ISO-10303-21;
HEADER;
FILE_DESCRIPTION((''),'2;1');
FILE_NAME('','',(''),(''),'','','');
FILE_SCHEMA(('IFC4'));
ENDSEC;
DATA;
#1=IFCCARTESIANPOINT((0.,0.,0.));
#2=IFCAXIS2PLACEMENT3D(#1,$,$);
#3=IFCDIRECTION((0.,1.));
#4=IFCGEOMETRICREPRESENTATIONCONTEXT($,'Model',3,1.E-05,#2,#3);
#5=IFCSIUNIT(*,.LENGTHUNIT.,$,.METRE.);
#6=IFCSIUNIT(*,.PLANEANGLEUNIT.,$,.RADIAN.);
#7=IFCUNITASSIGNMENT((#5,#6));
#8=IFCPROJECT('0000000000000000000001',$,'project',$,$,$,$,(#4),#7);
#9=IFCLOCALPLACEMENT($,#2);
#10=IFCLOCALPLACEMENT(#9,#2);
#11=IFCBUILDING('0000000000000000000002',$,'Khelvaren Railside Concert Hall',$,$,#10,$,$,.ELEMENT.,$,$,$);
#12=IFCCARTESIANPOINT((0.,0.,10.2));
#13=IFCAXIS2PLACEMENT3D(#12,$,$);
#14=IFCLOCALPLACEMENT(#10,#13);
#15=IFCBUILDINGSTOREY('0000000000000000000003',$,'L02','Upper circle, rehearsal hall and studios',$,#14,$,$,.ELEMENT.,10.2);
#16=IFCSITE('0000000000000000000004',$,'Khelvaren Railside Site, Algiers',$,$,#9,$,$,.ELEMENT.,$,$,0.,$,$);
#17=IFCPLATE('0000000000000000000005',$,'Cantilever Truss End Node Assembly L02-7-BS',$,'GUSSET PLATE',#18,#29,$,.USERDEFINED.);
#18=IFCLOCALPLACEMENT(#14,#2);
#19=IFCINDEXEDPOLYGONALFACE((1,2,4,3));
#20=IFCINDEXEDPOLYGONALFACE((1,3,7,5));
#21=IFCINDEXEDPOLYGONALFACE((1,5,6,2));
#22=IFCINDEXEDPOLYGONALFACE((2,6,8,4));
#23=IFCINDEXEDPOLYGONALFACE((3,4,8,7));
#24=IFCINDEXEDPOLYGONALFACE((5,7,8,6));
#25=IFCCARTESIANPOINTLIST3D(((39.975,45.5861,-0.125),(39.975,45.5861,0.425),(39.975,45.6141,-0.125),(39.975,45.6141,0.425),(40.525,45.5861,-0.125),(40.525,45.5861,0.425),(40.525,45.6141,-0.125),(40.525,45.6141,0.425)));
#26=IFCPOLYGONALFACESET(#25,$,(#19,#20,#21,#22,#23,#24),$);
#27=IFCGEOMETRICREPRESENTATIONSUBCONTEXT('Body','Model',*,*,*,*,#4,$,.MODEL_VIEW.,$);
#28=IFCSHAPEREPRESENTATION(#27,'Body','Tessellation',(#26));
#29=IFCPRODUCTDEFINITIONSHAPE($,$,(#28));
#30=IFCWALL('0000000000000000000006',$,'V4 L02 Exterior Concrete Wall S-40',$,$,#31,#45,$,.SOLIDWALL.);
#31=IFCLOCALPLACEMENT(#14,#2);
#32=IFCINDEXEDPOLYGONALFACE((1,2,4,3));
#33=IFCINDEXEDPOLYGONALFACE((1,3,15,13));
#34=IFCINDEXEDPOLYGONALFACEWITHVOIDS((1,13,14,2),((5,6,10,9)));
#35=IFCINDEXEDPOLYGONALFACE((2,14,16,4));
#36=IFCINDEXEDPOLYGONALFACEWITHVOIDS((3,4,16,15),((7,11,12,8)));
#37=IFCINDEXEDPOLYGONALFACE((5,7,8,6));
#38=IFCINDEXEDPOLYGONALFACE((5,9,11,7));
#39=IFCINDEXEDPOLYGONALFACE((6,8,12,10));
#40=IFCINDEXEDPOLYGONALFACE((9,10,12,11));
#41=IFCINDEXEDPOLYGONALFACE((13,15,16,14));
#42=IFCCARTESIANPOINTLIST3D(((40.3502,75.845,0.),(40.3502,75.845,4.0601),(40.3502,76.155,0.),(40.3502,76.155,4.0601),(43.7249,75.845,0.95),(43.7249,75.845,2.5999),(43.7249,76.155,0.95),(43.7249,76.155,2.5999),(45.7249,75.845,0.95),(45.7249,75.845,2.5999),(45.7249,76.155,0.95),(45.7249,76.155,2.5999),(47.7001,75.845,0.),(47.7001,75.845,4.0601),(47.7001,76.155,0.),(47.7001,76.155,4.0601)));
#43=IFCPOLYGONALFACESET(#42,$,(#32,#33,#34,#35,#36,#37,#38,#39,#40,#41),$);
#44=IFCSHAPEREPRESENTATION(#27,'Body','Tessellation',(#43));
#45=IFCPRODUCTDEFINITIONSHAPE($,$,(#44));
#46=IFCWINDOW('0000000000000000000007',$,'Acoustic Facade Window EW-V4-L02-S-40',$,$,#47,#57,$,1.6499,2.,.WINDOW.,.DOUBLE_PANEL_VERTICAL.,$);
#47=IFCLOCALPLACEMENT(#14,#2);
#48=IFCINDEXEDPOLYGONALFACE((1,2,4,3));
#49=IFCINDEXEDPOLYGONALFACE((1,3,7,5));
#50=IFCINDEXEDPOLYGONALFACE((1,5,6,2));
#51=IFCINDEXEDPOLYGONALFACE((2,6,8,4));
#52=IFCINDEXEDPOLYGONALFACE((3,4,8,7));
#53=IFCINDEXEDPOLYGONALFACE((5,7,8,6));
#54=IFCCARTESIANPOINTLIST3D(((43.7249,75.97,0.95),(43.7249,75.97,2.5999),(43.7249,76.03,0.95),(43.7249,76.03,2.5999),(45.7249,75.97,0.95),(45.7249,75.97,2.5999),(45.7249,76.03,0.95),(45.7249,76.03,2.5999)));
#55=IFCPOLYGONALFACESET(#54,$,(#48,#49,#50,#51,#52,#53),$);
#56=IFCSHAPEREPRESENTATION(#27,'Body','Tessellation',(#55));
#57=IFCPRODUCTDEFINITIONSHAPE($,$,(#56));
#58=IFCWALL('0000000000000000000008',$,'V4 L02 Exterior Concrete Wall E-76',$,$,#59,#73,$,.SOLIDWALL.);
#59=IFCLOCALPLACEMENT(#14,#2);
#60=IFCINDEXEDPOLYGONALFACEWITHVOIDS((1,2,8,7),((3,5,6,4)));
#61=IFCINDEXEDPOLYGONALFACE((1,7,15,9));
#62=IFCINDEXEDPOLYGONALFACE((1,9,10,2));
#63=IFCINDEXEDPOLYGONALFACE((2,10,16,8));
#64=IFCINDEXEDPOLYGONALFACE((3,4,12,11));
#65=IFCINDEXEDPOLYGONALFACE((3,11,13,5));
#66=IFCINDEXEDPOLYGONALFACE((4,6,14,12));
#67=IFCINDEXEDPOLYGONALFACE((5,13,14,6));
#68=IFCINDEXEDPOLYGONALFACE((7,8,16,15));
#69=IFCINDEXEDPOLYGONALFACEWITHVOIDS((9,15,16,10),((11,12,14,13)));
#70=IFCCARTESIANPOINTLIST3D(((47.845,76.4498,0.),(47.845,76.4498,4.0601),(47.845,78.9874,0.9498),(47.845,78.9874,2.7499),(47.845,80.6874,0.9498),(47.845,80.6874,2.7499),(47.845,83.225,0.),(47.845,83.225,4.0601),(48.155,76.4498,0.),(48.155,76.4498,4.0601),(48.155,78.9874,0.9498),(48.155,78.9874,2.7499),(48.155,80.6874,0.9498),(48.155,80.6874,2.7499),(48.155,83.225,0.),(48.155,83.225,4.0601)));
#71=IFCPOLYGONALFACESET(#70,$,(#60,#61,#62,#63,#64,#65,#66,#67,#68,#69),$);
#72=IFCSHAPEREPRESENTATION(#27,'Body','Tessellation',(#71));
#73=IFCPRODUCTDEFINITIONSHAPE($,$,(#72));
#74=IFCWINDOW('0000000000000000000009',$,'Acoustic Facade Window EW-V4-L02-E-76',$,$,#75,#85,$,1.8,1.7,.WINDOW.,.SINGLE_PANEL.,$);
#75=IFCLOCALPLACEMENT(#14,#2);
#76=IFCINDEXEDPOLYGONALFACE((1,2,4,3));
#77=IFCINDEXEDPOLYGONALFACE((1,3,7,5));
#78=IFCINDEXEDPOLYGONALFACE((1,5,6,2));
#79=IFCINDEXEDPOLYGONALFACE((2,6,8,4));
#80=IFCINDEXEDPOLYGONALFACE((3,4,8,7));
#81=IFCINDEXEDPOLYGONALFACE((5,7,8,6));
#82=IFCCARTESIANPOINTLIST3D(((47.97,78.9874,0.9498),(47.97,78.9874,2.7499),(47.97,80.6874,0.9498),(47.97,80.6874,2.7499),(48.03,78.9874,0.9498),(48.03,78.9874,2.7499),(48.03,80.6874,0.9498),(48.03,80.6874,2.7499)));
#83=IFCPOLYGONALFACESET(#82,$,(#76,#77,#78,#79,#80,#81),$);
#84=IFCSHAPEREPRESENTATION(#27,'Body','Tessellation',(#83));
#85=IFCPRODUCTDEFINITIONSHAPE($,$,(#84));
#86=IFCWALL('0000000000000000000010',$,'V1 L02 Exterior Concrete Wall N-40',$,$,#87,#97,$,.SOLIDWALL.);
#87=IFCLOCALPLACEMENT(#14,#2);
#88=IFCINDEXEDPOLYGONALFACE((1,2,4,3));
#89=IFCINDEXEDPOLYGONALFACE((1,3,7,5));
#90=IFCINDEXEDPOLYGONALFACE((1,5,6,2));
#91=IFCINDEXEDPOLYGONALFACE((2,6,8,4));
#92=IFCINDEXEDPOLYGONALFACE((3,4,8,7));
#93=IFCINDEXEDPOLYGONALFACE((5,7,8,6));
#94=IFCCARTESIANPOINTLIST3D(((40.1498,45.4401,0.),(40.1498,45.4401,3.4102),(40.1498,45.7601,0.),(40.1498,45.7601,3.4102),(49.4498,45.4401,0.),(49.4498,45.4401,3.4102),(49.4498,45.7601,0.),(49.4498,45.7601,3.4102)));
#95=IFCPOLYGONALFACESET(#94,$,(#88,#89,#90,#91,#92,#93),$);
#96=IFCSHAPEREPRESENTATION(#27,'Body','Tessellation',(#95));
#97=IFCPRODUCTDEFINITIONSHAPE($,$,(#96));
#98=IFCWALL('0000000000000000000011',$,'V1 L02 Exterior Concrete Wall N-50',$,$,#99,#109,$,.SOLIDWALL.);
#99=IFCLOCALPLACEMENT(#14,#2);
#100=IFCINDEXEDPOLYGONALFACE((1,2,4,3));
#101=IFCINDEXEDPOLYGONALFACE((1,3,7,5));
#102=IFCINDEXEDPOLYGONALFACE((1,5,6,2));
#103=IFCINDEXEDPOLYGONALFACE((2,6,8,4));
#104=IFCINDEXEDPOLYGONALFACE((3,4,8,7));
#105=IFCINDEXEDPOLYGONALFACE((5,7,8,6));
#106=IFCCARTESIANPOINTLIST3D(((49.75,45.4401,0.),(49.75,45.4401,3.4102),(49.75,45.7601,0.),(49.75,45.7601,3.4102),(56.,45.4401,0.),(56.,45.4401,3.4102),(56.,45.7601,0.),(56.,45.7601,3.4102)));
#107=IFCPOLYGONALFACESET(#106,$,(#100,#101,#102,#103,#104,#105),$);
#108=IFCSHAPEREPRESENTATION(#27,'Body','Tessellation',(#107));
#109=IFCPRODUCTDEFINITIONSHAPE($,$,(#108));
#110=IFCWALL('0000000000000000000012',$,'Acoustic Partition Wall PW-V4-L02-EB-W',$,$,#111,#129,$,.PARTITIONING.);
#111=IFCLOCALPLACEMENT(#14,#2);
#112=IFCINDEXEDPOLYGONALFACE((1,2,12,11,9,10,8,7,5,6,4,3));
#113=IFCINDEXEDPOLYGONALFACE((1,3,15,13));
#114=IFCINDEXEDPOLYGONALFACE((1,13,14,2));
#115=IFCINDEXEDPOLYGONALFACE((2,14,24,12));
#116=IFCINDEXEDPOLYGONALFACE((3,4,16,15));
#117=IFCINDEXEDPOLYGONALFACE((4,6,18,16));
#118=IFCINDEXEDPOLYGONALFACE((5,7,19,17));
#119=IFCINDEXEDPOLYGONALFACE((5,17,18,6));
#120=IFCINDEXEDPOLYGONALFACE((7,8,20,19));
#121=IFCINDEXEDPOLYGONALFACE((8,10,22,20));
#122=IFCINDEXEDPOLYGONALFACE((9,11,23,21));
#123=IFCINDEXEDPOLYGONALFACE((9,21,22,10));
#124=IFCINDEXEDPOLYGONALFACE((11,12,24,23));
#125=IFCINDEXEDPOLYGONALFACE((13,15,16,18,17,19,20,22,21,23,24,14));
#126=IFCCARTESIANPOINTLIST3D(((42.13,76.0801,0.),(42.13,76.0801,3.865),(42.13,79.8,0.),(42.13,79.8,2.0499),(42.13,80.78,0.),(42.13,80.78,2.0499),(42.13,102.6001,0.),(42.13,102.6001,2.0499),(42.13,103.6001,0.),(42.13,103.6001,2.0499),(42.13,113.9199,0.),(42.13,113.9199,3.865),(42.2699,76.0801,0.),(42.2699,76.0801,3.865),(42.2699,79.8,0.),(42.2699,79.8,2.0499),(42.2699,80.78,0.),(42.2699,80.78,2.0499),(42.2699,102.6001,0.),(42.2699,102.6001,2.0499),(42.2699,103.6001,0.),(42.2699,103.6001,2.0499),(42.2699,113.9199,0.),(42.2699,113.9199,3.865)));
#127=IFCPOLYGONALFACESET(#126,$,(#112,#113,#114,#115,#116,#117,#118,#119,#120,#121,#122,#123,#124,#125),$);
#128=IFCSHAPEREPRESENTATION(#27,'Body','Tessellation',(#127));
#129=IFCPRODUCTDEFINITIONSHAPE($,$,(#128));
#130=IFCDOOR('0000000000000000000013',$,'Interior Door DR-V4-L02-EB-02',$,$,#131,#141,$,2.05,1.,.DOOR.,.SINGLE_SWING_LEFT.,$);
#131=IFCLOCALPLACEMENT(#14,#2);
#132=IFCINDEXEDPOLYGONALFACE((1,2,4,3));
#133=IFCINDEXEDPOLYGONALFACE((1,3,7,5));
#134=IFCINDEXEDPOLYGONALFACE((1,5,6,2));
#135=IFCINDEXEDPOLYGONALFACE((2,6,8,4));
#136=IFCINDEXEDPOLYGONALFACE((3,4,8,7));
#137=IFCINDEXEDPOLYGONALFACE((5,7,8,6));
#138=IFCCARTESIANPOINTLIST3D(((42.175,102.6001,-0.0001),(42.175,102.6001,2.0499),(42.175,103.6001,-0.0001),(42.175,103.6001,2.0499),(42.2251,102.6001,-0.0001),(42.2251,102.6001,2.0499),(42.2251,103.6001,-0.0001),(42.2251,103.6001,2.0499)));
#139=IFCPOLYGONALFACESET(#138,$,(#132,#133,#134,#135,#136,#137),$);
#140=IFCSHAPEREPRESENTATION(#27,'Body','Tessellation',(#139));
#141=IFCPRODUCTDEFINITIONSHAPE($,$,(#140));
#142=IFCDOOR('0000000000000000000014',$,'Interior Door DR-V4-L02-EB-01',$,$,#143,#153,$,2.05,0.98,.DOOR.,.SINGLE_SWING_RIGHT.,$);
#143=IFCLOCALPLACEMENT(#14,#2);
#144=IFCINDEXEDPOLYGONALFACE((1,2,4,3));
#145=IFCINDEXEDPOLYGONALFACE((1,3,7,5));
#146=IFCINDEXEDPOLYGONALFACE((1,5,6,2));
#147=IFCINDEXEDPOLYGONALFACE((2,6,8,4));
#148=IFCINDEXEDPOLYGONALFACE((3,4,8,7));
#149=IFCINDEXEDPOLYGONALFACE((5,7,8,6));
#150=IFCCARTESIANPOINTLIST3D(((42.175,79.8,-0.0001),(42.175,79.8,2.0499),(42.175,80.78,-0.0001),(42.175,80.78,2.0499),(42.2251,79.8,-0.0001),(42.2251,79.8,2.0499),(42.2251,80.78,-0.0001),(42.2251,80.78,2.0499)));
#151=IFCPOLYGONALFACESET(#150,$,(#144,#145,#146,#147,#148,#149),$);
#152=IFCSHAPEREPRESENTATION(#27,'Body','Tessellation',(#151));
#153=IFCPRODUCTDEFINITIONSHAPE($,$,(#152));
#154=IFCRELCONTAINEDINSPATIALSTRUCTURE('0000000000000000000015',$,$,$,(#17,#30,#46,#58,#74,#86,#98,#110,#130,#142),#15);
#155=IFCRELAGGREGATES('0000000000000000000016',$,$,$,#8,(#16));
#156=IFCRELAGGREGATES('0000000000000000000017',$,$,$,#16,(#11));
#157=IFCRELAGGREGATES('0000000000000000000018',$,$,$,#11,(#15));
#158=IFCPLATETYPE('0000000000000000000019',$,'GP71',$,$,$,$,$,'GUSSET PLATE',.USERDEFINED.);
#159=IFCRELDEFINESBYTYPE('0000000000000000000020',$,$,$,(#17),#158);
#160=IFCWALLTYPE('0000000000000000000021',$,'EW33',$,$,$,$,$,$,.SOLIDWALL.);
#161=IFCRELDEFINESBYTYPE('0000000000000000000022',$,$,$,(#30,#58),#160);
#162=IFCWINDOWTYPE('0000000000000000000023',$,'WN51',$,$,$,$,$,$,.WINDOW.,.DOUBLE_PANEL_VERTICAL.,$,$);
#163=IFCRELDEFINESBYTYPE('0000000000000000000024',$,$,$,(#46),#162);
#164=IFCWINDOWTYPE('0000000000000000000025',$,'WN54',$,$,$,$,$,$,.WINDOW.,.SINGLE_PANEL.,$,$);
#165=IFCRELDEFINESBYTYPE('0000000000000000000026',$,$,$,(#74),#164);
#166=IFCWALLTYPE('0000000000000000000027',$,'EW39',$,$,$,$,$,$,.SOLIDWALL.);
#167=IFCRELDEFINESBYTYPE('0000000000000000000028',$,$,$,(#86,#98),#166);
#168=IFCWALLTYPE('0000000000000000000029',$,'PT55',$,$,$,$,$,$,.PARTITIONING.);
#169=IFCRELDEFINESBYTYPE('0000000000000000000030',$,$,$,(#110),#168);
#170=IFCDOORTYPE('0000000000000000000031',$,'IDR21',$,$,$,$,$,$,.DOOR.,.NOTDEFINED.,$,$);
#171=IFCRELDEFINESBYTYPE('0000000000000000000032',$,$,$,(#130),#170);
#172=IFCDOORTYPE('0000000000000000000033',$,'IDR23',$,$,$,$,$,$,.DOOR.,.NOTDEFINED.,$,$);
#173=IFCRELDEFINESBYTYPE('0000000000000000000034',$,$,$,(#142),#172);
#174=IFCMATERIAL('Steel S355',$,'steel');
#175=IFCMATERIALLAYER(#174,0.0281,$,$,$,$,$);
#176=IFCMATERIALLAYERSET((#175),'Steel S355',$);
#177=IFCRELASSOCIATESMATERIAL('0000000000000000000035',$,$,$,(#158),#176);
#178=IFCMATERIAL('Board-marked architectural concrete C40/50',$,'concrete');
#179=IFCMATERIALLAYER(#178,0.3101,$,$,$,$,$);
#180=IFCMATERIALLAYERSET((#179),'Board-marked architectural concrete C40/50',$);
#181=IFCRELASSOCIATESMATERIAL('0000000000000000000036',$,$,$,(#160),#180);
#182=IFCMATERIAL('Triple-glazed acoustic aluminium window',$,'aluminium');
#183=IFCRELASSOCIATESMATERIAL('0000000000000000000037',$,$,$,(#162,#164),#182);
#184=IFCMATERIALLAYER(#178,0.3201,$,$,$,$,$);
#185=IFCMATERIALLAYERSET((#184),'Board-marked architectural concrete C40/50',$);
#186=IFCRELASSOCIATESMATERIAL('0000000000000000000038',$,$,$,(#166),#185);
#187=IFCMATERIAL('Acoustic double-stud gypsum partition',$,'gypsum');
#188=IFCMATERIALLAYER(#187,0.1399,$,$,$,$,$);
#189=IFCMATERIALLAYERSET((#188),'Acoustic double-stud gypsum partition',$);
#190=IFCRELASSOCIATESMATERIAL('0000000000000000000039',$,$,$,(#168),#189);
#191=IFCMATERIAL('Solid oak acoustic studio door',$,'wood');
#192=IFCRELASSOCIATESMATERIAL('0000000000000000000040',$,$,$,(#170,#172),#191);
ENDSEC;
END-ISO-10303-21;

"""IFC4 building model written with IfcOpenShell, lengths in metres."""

from ifc_helpers import new_model, si_unit, direction, frame, frame_2d, origin, origin_2d, place, context, subcontext, project, spatial, rectangle, extrude, material, layer, layer_set, type_object, element, fill, save


model = new_model("IFC4")

# Units and contexts
model_context = context("Model", 3, precision=1e-05, world=origin(), true_north=direction((0.0, 1.0)))
body_context = subcontext(model_context, "Body", "Model", "MODEL_VIEW")
ifc_project = project(units=[si_unit("LENGTHUNIT", "METRE"), si_unit("PLANEANGLEUNIT", "RADIAN")], contexts=[model_context])

# Site, building, storey
site_placement = place(None, origin())
site = spatial("IfcSite", under=ifc_project, at=site_placement, Name="Khelvaren Railside Site, Algiers", CompositionType="ELEMENT", RefElevation=0.0)
building_placement = place(site_placement, origin())
building = spatial("IfcBuilding", under=site, at=building_placement, Name="Khelvaren Railside Concert Hall", CompositionType="ELEMENT")
storey_placement = place(building_placement, frame((0.0, 0.0, 10.2)))
storey = spatial("IfcBuildingStorey", under=building, at=storey_placement, Name="L02", Description="Upper circle, rehearsal hall and studios", CompositionType="ELEMENT", Elevation=10.2)

# Shared definitions
ifc_material_1 = material(Name="Steel S355", Category="steel")

# Plate
ifc_layer_1 = layer(ifc_material_1, 0.0281)
ifc_layer_set_1 = layer_set([ifc_layer_1], Name="Steel S355")
plate_type = type_object("IfcPlateType", Name="GP71", ElementType="GUSSET PLATE", PredefinedType="USERDEFINED", material=ifc_layer_set_1)
for number, where, z_axis, x_axis, name in (
    (1, (40.25, 45.6001, -0.125), (0.0, 0.0, 1.0), (1.0, 0.0, 0.0), "Cantilever Truss End Node Assembly L02-7-BS"),
):
    element("IfcPlate", number, at=place(storey_placement, frame(where, z_axis=z_axis, x_axis=x_axis)), inside=storey, type_object=plate_type, Name=name, ObjectType="GUSSET PLATE", PredefinedType="USERDEFINED", context=body_context, shape_type="SweptSolid", body=[
        extrude(rectangle(XDim=0.55, YDim=0.0281, at=origin_2d()), origin(), (0.0, 0.0, 1.0), 0.55),
    ])

# Walls, openings, windows
ifc_material_2 = material(Name="Board-marked architectural concrete C40/50", Category="concrete")
ifc_layer_2 = layer(ifc_material_2, 0.3101)
ifc_layer_set_2 = layer_set([ifc_layer_2], Name="Board-marked architectural concrete C40/50")
wall_type_1 = type_object("IfcWallType", Name="EW33", PredefinedType="SOLIDWALL", material=ifc_layer_set_2)
wall_1_placement = place(storey_placement, frame((47.7, 76.0, 0.0), z_axis=(0.0, 0.0, 1.0), x_axis=(-1.0, 0.0, 0.0)))
wall_1 = element("IfcWall", 2, at=wall_1_placement, inside=storey, type_object=wall_type_1, Name="V4 L02 Exterior Concrete Wall S-40", PredefinedType="SOLIDWALL", context=body_context, shape_type="SweptSolid", body=[
    extrude(rectangle(XDim=7.3499, YDim=0.3101, at=frame_2d((3.6748, 0.0))), origin(), (0.0, 0.0, 1.0), 4.0601),
])
opening_1_placement = place(wall_1_placement, frame((1.9751, 0.0, 0.95)))
opening_1 = element("IfcOpeningElement", 3, at=opening_1_placement, cuts=wall_1, PredefinedType="OPENING", context=body_context, shape_type="SweptSolid", body=[
    extrude(rectangle(XDim=2.0, YDim=1.6499, at=frame_2d((1.0, 0.825))), frame((0.0, 0.165, 0.0), z_axis=(0.0, -1.0, 0.0), x_axis=(1.0, 0.0, 0.0)), (0.0, 0.0, 1.0), 0.3301),
])
ifc_material_3 = material(Name="Triple-glazed acoustic aluminium window", Category="aluminium")
window_type_1 = type_object("IfcWindowType", Name="WN51", PartitioningType="DOUBLE_PANEL_VERTICAL", PredefinedType="WINDOW", material=ifc_material_3)
window_1_placement = place(opening_1_placement, origin())
window_1 = element("IfcWindow", 4, at=window_1_placement, inside=storey, type_object=window_type_1, Name="Acoustic Facade Window EW-V4-L02-S-40", OverallHeight=1.6499, OverallWidth=2.0, PartitioningType="DOUBLE_PANEL_VERTICAL", PredefinedType="WINDOW", context=body_context, shape_type="SweptSolid", body=[
    extrude(rectangle(XDim=2.0, YDim=1.6499, at=frame_2d((1.0, 0.825))), frame((0.0, 0.03, 0.0), z_axis=(0.0, -1.0, 0.0), x_axis=(1.0, 0.0, 0.0)), (0.0, 0.0, 1.0), 0.0601),
])
fill(opening_1, window_1)
wall_2_placement = place(storey_placement, frame((48.0, 83.2251, 0.0), z_axis=(0.0, 0.0, 1.0), x_axis=(0.0, -1.0, 0.0)))
wall_2 = element("IfcWall", 5, at=wall_2_placement, inside=storey, type_object=wall_type_1, Name="V4 L02 Exterior Concrete Wall E-76", PredefinedType="SOLIDWALL", context=body_context, shape_type="SweptSolid", body=[
    extrude(rectangle(XDim=6.7751, YDim=0.3101, at=frame_2d((3.3877, 0.0))), origin(), (0.0, 0.0, 1.0), 4.0601),
])
opening_2_placement = place(wall_2_placement, frame((2.5376, 0.0, 0.95)))
opening_2 = element("IfcOpeningElement", 6, at=opening_2_placement, cuts=wall_2, PredefinedType="OPENING", context=body_context, shape_type="SweptSolid", body=[
    extrude(rectangle(XDim=1.7, YDim=1.8, at=frame_2d((0.8501, 0.8999))), frame((0.0, 0.165, 0.0), z_axis=(0.0, -1.0, 0.0), x_axis=(1.0, 0.0, 0.0)), (0.0, 0.0, 1.0), 0.3301),
])
window_type_2 = type_object("IfcWindowType", Name="WN54", PartitioningType="SINGLE_PANEL", PredefinedType="WINDOW", material=ifc_material_3)
window_2_placement = place(opening_2_placement, origin())
window_2 = element("IfcWindow", 7, at=window_2_placement, inside=storey, type_object=window_type_2, Name="Acoustic Facade Window EW-V4-L02-E-76", OverallHeight=1.8, OverallWidth=1.7, PartitioningType="SINGLE_PANEL", PredefinedType="WINDOW", context=body_context, shape_type="SweptSolid", body=[
    extrude(rectangle(XDim=1.7, YDim=1.8, at=frame_2d((0.8501, 0.8999))), frame((0.0, 0.03, 0.0), z_axis=(0.0, -1.0, 0.0), x_axis=(1.0, 0.0, 0.0)), (0.0, 0.0, 1.0), 0.0601),
])
fill(opening_2, window_2)

# Walls
ifc_layer_3 = layer(ifc_material_2, 0.3201)
ifc_layer_set_3 = layer_set([ifc_layer_3], Name="Board-marked architectural concrete C40/50")
wall_type_2 = type_object("IfcWallType", Name="EW39", PredefinedType="SOLIDWALL", material=ifc_layer_set_3)
wall_3_placement = place(storey_placement, frame((40.1499, 45.6001, 0.0), z_axis=(0.0, 0.0, 1.0), x_axis=(1.0, 0.0, 0.0)))
element("IfcWall", 8, at=wall_3_placement, inside=storey, type_object=wall_type_2, Name="V1 L02 Exterior Concrete Wall N-40", PredefinedType="SOLIDWALL", context=body_context, shape_type="SweptSolid", body=[
    extrude(rectangle(XDim=9.3, YDim=0.3201, at=frame_2d((4.6499, 0.0))), origin(), (0.0, 0.0, 1.0), 3.4102),
])
wall_4_placement = place(storey_placement, frame((49.75, 45.6001, 0.0), z_axis=(0.0, 0.0, 1.0), x_axis=(1.0, 0.0, 0.0)))
element("IfcWall", 9, at=wall_4_placement, inside=storey, type_object=wall_type_2, Name="V1 L02 Exterior Concrete Wall N-50", PredefinedType="SOLIDWALL", context=body_context, shape_type="SweptSolid", body=[
    extrude(rectangle(XDim=6.25, YDim=0.3201, at=frame_2d((3.125, 0.0))), origin(), (0.0, 0.0, 1.0), 3.4102),
])

# Wall, openings, doors
ifc_material_4 = material(Name="Acoustic double-stud gypsum partition", Category="gypsum")
ifc_layer_4 = layer(ifc_material_4, 0.1399)
ifc_layer_set_4 = layer_set([ifc_layer_4], Name="Acoustic double-stud gypsum partition")
wall_type_3 = type_object("IfcWallType", Name="PT55", PredefinedType="PARTITIONING", material=ifc_layer_set_4)
wall_5_placement = place(storey_placement, frame((42.2, 76.0801, 0.0), z_axis=(0.0, 0.0, 1.0), x_axis=(0.0, 1.0, 0.0)))
wall_5 = element("IfcWall", 10, at=wall_5_placement, inside=storey, type_object=wall_type_3, Name="Acoustic Partition Wall PW-V4-L02-EB-W", PredefinedType="PARTITIONING", context=body_context, shape_type="SweptSolid", body=[
    extrude(rectangle(XDim=37.8398, YDim=0.1399, at=frame_2d((18.9199, 0.0))), origin(), (0.0, 0.0, 1.0), 3.865),
])
opening_3_placement = place(wall_5_placement, frame((3.72, 0.0, 0.0)))
opening_3 = element("IfcOpeningElement", 11, at=opening_3_placement, cuts=wall_5, PredefinedType="OPENING", context=body_context, shape_type="SweptSolid", body=[
    extrude(rectangle(XDim=0.98, YDim=2.05, at=frame_2d((0.49, 1.0249))), frame((0.0, 0.0798, 0.0), z_axis=(0.0, -1.0, 0.0), x_axis=(1.0, 0.0, 0.0)), (0.0, 0.0, 1.0), 0.1599),
])
opening_4_placement = place(wall_5_placement, frame((26.52, 0.0, 0.0)))
opening_4 = element("IfcOpeningElement", 12, at=opening_4_placement, cuts=wall_5, PredefinedType="OPENING", context=body_context, shape_type="SweptSolid", body=[
    extrude(rectangle(XDim=1.0, YDim=2.05, at=frame_2d((0.5, 1.0249))), frame((0.0, 0.0798, 0.0), z_axis=(0.0, -1.0, 0.0), x_axis=(1.0, 0.0, 0.0)), (0.0, 0.0, 1.0), 0.1599),
])
ifc_material_5 = material(Name="Solid oak acoustic studio door", Category="wood")
door_type_1 = type_object("IfcDoorType", Name="IDR21", OperationType="NOTDEFINED", PredefinedType="DOOR", material=ifc_material_5)
door_1_placement = place(opening_4_placement, origin())
door_1 = element("IfcDoor", 13, at=door_1_placement, inside=storey, type_object=door_type_1, Name="Interior Door DR-V4-L02-EB-02", OperationType="SINGLE_SWING_LEFT", OverallHeight=2.05, OverallWidth=1.0, PredefinedType="DOOR", context=body_context, shape_type="SweptSolid", body=[
    extrude(rectangle(XDim=1.0, YDim=2.05, at=frame_2d((0.5, 1.0249))), frame((0.0, 0.0249, 0.0), z_axis=(0.0, -1.0, 0.0), x_axis=(1.0, 0.0, 0.0)), (0.0, 0.0, 1.0), 0.05),
])
fill(opening_4, door_1)
door_type_2 = type_object("IfcDoorType", Name="IDR23", OperationType="NOTDEFINED", PredefinedType="DOOR", material=ifc_material_5)
door_2_placement = place(opening_3_placement, origin())
door_2 = element("IfcDoor", 14, at=door_2_placement, inside=storey, type_object=door_type_2, Name="Interior Door DR-V4-L02-EB-01", OperationType="SINGLE_SWING_RIGHT", OverallHeight=2.05, OverallWidth=0.98, PredefinedType="DOOR", context=body_context, shape_type="SweptSolid", body=[
    extrude(rectangle(XDim=0.98, YDim=2.05, at=frame_2d((0.49, 1.0249))), frame((0.0, 0.0249, 0.0), z_axis=(0.0, -1.0, 0.0), x_axis=(1.0, 0.0, 0.0)), (0.0, 0.0, 1.0), 0.05),
])
fill(opening_3, door_2)

save(model, "model.ifc")
